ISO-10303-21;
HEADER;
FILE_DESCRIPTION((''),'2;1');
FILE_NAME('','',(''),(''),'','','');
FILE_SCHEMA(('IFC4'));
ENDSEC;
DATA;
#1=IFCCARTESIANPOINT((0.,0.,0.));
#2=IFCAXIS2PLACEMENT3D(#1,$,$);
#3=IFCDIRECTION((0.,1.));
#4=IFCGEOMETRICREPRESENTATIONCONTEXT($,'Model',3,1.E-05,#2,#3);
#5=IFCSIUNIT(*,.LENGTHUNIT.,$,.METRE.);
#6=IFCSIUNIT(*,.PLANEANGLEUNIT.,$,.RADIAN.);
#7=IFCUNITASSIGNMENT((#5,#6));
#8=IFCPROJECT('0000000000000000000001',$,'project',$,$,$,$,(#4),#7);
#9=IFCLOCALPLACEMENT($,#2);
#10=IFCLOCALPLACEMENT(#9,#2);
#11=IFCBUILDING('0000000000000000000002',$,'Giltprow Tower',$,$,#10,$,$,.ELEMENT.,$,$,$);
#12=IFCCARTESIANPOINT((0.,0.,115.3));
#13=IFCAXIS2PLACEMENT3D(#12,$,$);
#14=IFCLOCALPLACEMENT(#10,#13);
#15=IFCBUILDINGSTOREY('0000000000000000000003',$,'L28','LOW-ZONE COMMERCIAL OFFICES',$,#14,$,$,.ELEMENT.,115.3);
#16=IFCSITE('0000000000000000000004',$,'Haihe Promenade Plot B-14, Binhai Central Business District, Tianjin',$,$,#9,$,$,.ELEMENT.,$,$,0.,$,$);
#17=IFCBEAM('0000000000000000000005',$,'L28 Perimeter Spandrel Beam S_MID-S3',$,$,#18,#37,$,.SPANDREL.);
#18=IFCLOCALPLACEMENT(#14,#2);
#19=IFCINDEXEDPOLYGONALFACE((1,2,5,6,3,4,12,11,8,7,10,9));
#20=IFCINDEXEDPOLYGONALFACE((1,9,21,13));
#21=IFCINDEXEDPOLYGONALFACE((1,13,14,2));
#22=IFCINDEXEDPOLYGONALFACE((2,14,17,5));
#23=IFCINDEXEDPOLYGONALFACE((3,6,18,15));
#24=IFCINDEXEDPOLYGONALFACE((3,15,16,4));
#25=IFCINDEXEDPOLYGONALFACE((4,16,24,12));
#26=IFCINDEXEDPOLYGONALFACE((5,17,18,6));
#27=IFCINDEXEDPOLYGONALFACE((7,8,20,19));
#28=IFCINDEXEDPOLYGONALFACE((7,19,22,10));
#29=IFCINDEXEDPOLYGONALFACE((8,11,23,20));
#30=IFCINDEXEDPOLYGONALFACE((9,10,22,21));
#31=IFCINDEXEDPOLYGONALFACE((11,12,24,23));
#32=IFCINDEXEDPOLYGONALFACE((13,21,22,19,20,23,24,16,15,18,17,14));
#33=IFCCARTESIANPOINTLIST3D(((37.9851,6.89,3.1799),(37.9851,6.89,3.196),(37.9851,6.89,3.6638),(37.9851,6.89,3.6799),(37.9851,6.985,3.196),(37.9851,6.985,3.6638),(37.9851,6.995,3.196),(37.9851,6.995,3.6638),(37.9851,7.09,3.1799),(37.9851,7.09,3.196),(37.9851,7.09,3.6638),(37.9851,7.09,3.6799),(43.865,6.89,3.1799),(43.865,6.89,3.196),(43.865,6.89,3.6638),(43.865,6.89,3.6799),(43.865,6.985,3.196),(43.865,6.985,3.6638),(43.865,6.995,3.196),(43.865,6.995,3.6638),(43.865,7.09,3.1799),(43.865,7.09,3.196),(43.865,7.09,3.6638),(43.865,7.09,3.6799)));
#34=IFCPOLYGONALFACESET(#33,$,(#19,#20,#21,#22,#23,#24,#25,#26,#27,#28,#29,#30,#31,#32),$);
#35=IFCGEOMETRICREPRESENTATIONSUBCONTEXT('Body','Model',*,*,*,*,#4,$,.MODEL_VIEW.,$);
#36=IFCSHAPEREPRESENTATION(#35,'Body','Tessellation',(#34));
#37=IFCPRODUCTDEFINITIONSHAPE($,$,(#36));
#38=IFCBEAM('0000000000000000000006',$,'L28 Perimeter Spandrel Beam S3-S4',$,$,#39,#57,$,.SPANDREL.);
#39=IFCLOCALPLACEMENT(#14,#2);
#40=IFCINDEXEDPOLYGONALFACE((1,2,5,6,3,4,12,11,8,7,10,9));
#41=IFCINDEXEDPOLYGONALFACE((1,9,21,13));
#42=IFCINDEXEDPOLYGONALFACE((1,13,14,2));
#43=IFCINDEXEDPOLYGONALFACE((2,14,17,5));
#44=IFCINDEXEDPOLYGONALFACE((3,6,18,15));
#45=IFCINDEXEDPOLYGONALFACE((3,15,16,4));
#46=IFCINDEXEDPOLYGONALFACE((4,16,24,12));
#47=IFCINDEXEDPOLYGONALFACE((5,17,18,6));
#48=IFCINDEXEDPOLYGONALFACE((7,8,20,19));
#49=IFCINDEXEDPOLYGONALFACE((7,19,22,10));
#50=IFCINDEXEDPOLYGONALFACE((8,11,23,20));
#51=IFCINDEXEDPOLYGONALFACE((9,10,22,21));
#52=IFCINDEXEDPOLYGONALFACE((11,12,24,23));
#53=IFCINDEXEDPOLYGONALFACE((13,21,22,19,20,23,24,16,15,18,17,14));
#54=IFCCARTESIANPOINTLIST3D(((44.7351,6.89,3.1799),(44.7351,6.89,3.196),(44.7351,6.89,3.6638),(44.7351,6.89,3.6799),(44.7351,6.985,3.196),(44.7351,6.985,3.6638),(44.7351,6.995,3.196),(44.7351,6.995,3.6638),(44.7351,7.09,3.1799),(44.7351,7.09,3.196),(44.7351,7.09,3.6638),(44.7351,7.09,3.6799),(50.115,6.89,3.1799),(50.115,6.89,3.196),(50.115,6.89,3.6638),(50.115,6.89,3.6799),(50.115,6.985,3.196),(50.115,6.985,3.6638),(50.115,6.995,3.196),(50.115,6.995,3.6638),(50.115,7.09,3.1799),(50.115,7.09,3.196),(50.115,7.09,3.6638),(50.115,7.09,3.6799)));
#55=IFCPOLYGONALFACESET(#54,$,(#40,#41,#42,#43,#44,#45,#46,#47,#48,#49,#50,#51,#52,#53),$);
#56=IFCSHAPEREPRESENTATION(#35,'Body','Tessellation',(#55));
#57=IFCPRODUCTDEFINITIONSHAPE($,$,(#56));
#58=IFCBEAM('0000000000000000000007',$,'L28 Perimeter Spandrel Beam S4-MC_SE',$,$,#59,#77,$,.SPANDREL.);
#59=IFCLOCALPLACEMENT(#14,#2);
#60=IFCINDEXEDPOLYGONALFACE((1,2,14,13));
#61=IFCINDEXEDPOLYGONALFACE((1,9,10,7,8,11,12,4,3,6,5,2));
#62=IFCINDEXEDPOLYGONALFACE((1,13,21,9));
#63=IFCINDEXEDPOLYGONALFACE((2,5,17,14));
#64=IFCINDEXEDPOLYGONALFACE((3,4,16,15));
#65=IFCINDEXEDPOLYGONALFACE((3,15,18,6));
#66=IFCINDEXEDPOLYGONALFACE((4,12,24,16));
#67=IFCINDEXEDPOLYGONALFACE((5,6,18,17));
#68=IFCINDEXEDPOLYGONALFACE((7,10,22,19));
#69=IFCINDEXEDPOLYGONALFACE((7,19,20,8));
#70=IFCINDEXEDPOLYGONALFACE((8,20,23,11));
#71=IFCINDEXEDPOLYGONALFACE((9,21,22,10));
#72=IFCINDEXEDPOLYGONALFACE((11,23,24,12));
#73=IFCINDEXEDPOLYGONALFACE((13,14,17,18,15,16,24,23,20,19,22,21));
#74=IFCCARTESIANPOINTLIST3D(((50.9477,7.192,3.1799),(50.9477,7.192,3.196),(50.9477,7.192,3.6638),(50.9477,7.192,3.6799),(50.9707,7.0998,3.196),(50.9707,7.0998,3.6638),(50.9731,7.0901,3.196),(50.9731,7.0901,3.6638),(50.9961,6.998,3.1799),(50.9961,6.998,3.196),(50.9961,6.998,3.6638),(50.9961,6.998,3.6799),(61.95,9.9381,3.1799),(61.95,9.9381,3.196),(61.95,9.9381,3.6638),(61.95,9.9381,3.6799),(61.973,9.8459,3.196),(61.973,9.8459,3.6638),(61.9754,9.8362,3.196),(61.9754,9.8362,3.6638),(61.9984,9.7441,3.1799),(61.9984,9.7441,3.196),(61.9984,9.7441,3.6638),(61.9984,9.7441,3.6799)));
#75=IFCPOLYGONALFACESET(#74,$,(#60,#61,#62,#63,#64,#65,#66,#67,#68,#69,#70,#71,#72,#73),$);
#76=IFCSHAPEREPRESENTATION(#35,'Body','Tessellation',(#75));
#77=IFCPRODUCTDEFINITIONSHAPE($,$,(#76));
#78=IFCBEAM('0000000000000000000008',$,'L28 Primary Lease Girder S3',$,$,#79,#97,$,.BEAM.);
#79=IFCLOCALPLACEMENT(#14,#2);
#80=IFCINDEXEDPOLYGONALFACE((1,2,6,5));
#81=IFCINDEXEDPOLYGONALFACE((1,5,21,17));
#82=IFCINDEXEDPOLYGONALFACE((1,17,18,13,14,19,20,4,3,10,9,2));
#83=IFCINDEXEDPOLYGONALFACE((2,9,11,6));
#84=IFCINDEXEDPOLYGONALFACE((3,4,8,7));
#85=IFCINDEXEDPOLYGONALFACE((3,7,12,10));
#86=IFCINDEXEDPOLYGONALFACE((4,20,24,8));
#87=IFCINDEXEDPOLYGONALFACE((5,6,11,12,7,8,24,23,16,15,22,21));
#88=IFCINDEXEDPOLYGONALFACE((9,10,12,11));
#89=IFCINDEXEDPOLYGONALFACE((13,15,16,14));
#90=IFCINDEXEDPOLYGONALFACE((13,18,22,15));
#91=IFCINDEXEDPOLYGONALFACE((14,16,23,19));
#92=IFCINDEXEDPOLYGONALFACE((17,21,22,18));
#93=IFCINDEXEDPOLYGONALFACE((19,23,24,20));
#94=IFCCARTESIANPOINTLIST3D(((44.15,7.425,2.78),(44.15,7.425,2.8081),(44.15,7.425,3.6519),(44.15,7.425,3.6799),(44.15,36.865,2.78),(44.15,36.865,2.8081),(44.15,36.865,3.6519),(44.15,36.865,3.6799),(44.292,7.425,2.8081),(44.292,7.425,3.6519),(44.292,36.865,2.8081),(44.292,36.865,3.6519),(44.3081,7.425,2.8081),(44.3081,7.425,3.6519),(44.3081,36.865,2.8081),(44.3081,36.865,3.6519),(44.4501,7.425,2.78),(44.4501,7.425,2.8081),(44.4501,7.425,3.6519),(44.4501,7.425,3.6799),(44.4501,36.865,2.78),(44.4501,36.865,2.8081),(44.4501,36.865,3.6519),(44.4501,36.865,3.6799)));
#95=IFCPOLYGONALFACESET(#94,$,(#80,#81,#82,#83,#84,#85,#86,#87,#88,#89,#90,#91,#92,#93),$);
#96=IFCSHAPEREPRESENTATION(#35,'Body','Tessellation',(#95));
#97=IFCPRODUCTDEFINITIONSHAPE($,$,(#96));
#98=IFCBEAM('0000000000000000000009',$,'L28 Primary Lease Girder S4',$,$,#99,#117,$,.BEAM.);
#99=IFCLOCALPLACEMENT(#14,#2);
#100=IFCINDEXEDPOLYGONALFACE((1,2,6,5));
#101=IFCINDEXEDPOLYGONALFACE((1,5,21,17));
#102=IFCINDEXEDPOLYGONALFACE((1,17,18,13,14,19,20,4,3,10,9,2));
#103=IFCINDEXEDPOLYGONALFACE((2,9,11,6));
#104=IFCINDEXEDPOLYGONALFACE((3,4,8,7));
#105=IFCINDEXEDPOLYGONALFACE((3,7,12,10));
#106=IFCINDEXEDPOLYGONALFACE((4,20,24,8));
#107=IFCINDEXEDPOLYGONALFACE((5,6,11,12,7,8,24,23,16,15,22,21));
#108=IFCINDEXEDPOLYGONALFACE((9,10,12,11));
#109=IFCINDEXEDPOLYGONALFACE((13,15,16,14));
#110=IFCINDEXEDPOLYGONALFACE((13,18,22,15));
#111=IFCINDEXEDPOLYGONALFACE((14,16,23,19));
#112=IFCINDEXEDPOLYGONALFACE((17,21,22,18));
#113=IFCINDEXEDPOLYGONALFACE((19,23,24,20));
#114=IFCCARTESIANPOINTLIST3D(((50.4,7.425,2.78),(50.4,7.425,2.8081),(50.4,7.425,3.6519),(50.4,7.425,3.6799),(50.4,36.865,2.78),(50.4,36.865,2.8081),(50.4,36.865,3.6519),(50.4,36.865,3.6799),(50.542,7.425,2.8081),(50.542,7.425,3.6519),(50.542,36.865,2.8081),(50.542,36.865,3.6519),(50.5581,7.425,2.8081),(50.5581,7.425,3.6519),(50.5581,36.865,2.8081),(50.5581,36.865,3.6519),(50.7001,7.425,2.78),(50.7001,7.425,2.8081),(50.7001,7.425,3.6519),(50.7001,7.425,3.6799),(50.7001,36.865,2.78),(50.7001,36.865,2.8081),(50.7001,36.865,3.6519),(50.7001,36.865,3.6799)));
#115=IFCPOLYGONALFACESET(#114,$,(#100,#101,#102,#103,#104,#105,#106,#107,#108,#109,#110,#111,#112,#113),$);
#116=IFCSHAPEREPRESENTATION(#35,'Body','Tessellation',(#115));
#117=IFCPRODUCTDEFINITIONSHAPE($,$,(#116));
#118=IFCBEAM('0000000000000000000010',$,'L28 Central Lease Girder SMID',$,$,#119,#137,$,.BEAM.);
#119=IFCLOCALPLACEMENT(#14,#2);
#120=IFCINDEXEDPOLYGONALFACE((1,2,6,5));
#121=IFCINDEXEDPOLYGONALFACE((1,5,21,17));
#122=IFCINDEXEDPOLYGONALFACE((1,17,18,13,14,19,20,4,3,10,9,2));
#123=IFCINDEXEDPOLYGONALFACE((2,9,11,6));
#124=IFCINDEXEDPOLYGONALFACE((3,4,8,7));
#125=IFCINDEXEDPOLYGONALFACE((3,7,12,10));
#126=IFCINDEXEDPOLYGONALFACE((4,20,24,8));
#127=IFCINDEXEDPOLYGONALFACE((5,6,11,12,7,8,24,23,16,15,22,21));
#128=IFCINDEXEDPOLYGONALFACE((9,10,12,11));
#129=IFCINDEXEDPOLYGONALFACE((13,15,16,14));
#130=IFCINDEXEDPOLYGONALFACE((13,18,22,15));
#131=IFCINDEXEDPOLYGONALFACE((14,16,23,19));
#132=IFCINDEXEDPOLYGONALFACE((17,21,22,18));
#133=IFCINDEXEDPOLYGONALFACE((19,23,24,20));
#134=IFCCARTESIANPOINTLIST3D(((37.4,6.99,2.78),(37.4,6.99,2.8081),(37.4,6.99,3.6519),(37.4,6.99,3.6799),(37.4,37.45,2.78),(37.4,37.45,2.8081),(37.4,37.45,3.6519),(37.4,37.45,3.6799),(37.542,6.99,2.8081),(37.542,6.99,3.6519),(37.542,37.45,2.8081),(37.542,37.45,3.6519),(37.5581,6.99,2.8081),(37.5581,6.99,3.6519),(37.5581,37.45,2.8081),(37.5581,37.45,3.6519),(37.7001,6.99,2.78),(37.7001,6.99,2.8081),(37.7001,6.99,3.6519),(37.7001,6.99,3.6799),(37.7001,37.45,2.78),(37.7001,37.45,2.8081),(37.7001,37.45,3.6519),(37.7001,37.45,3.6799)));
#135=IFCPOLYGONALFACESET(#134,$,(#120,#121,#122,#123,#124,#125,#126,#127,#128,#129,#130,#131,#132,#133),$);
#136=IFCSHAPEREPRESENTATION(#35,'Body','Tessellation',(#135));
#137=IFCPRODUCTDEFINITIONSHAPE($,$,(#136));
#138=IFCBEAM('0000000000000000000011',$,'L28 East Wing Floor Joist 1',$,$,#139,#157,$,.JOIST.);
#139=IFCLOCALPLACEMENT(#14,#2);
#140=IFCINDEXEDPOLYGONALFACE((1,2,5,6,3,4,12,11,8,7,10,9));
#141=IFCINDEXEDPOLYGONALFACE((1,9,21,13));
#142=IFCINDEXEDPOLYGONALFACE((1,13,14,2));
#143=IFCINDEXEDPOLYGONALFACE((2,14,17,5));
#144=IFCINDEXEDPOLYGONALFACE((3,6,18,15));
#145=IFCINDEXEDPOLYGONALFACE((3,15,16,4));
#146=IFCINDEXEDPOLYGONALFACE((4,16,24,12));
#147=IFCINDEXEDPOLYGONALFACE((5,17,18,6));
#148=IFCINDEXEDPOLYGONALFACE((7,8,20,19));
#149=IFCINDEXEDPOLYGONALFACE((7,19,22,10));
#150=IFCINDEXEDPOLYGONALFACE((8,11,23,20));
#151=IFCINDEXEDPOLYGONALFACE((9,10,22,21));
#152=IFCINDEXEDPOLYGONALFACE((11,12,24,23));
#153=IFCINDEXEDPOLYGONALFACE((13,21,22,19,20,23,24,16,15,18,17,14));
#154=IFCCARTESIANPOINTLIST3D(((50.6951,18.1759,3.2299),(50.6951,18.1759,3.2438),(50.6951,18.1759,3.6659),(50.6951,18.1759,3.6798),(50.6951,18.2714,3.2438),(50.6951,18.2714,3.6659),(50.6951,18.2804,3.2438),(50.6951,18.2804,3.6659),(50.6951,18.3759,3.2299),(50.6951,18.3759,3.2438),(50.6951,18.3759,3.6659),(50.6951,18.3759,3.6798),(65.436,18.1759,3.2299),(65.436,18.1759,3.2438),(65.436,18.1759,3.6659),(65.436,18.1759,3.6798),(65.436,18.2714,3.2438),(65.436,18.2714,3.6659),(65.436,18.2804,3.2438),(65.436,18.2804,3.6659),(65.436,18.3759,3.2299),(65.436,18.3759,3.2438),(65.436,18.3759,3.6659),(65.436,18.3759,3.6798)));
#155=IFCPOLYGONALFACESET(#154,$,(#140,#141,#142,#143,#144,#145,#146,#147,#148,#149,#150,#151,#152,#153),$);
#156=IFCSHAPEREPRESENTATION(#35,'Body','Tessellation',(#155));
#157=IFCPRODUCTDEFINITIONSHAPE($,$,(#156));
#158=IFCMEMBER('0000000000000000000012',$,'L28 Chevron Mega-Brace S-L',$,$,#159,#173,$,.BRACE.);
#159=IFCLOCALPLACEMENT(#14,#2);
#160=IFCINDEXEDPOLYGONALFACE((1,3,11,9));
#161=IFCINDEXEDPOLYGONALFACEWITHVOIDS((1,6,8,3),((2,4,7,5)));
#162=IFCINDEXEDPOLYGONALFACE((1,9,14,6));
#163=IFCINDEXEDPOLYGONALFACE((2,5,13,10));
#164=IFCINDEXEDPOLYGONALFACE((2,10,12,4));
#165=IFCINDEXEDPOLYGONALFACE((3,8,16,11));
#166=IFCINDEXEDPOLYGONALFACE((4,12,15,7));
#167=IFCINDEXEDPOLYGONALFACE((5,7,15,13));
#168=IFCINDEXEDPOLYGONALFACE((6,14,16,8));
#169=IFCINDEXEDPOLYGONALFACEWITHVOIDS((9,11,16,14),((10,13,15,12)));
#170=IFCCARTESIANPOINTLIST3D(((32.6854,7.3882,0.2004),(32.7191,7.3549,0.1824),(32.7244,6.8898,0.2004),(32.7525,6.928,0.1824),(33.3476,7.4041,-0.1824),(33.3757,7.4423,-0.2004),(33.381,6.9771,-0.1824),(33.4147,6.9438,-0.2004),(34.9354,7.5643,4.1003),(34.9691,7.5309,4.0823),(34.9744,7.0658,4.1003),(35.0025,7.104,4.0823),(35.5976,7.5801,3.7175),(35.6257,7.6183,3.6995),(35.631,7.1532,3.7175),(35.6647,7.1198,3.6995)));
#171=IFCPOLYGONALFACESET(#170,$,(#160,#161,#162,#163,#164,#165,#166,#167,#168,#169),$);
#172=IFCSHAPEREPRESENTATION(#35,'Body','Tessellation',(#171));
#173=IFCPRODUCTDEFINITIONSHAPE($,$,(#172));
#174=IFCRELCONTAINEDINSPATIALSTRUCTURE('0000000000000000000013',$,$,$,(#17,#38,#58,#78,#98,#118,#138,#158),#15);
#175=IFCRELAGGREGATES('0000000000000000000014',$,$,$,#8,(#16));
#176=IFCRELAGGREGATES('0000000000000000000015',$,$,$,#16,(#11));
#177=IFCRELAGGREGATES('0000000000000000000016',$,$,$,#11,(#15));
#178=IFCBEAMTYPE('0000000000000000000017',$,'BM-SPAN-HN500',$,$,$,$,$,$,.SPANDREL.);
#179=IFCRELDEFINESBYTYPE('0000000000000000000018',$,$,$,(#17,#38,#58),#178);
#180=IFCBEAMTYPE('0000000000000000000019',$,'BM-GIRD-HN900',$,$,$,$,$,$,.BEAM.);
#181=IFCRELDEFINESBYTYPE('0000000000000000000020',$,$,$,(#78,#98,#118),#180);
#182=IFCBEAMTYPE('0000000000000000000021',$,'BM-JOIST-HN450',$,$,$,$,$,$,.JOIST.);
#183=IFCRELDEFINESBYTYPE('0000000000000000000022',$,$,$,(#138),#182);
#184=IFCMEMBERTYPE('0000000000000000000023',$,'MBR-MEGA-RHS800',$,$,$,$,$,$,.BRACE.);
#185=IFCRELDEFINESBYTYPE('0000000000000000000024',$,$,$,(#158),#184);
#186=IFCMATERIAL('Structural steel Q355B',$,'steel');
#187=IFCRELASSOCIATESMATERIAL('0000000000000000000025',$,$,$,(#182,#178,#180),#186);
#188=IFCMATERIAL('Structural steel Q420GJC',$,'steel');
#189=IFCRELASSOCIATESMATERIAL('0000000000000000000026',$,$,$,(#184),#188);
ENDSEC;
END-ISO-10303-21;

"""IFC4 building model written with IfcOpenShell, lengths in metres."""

from ifc_helpers import new_model, si_unit, direction, frame, origin, origin_2d, place, context, subcontext, project, spatial, hollow_rectangle, i_section, extrude, source, transform, mapped, material, material_profile, profile_set, type_object, element, save


model = new_model("IFC4")

# Units and contexts
model_context = context("Model", 3, precision=1e-05, world=origin(), true_north=direction((0.0, 1.0)))
body_context = subcontext(model_context, "Body", "Model", "MODEL_VIEW")
ifc_project = project(units=[si_unit("LENGTHUNIT", "METRE"), si_unit("PLANEANGLEUNIT", "RADIAN")], contexts=[model_context])

# Site, building, storey
site_placement = place(None, origin())
site = spatial("IfcSite", under=ifc_project, at=site_placement, Name="Haihe Promenade Plot B-14, Binhai Central Business District, Tianjin", CompositionType="ELEMENT", RefElevation=0.0)
building_placement = place(site_placement, origin())
building = spatial("IfcBuilding", under=site, at=building_placement, Name="Giltprow Tower", CompositionType="ELEMENT")
storey_placement = place(building_placement, frame((0.0, 0.0, 115.3)))
storey = spatial("IfcBuildingStorey", under=building, at=storey_placement, Name="L28", Description="LOW-ZONE COMMERCIAL OFFICES", CompositionType="ELEMENT", Elevation=115.3)

# Shared definitions
ifc_material_1 = material(Name="Structural steel Q420GJC", Category="steel")

# Beams
ifc_material_2 = material(Name="Structural steel Q355B", Category="steel")
ifc_material_profile_1 = material_profile(ifc_material_2, i_section(OverallWidth=0.2, OverallDepth=0.45, WebThickness=0.009, FlangeThickness=0.0139, at=origin_2d()), Name="HN 450x200x9x14")
ifc_profile_set_1 = profile_set([ifc_material_profile_1], Name="Structural steel Q355B")
beam_type_1 = type_object("IfcBeamType", Name="BM-JOIST-HN450", PredefinedType="JOIST", material=ifc_profile_set_1)
ifc_material_profile_2 = material_profile(ifc_material_2, i_section(OverallWidth=0.2, OverallDepth=0.5, WebThickness=0.01, FlangeThickness=0.0161, at=origin_2d()), Name="HN 500x200x10x16")
ifc_profile_set_2 = profile_set([ifc_material_profile_2], Name="Structural steel Q355B")
beam_type_2 = type_object("IfcBeamType", Name="BM-SPAN-HN500", PredefinedType="SPANDREL", material=ifc_profile_set_2)
shared_shape_1 = source(origin(), body_context, "Body", "SweptSolid", [
    extrude(i_section(OverallWidth=0.2, OverallDepth=0.5, WebThickness=0.01, FlangeThickness=0.0161, at=origin_2d()), origin(), (0.0, 0.0, 1.0), 5.8799),
])
beam_1_placement = place(storey_placement, frame((37.9851, 6.99, 3.4299), z_axis=(1.0, 0.0, 0.0), x_axis=(0.0, 1.0, 0.0)))
element("IfcBeam", 1, at=beam_1_placement, inside=storey, type_object=beam_type_2, Name="L28 Perimeter Spandrel Beam S_MID-S3", PredefinedType="SPANDREL", context=body_context, shape_type="MappedRepresentation", body=[
    mapped(shared_shape_1, transform((0.0, 0.0, 0.0), x_axis=(1.0, 0.0, 0.0), y_axis=(0.0, 1.0, 0.0), z_axis=(0.0, 0.0, 1.0), scale=1.0)),
])
shared_shape_2 = source(origin(), body_context, "Body", "SweptSolid", [
    extrude(i_section(OverallWidth=0.2, OverallDepth=0.5, WebThickness=0.01, FlangeThickness=0.0161, at=origin_2d()), origin(), (0.0, 0.0, 1.0), 5.3799),
])
beam_2_placement = place(storey_placement, frame((44.7351, 6.99, 3.4299), z_axis=(1.0, 0.0, 0.0), x_axis=(0.0, 1.0, 0.0)))
element("IfcBeam", 2, at=beam_2_placement, inside=storey, type_object=beam_type_2, Name="L28 Perimeter Spandrel Beam S3-S4", PredefinedType="SPANDREL", context=body_context, shape_type="MappedRepresentation", body=[
    mapped(shared_shape_2, transform((0.0, 0.0, 0.0), x_axis=(1.0, 0.0, 0.0), y_axis=(0.0, 1.0, 0.0), z_axis=(0.0, 0.0, 1.0), scale=1.0)),
])
shared_shape_3 = source(origin(), body_context, "Body", "SweptSolid", [
    extrude(i_section(OverallWidth=0.2, OverallDepth=0.5, WebThickness=0.01, FlangeThickness=0.0161, at=origin_2d()), origin(), (0.0, 0.0, 1.0), 11.3398),
])
beam_3_placement = place(storey_placement, frame((50.9719, 7.095, 3.4299), z_axis=(0.970235, 0.242166, 0.0), x_axis=(-0.242166, 0.970235, 0.0)))
element("IfcBeam", 3, at=beam_3_placement, inside=storey, type_object=beam_type_2, Name="L28 Perimeter Spandrel Beam S4-MC_SE", PredefinedType="SPANDREL", context=body_context, shape_type="MappedRepresentation", body=[
    mapped(shared_shape_3, transform((0.0, 0.0, 0.0), x_axis=(1.0, 0.0, 0.0), y_axis=(0.0, 1.0, 0.0), z_axis=(0.0, 0.0, 1.0), scale=1.0)),
])
ifc_material_profile_3 = material_profile(ifc_material_2, i_section(OverallWidth=0.3, OverallDepth=0.8999, WebThickness=0.0161, FlangeThickness=0.0281, at=origin_2d()), Name="HN 900x300x16x28")
ifc_profile_set_3 = profile_set([ifc_material_profile_3], Name="Structural steel Q355B")
beam_type_3 = type_object("IfcBeamType", Name="BM-GIRD-HN900", PredefinedType="BEAM", material=ifc_profile_set_3)
shared_shape_4 = source(origin(), body_context, "Body", "SweptSolid", [
    extrude(i_section(OverallWidth=0.3, OverallDepth=0.8999, WebThickness=0.0161, FlangeThickness=0.0281, at=origin_2d()), origin(), (0.0, 0.0, 1.0), 29.4399),
])
for number, where, z_axis, x_axis, name in (
    (4, (44.3, 7.425, 3.23), (0.0, 1.0, 0.0), (-1.0, 0.0, 0.0), "L28 Primary Lease Girder S3"),
    (5, (50.55, 7.425, 3.23), (0.0, 1.0, 0.0), (-1.0, 0.0, 0.0), "L28 Primary Lease Girder S4"),
):
    element("IfcBeam", number, at=place(storey_placement, frame(where, z_axis=z_axis, x_axis=x_axis)), inside=storey, type_object=beam_type_3, Name=name, PredefinedType="BEAM", context=body_context, shape_type="MappedRepresentation", body=[
        mapped(shared_shape_4, transform((0.0, 0.0, 0.0), x_axis=(1.0, 0.0, 0.0), y_axis=(0.0, 1.0, 0.0), z_axis=(0.0, 0.0, 1.0), scale=1.0)),
    ])
shared_shape_5 = source(origin(), body_context, "Body", "SweptSolid", [
    extrude(i_section(OverallWidth=0.3, OverallDepth=0.8999, WebThickness=0.0161, FlangeThickness=0.0281, at=origin_2d()), origin(), (0.0, 0.0, 1.0), 30.46),
])
beam_4_placement = place(storey_placement, frame((37.55, 6.99, 3.23), z_axis=(0.0, 1.0, 0.0), x_axis=(-1.0, 0.0, 0.0)))
element("IfcBeam", 6, at=beam_4_placement, inside=storey, type_object=beam_type_3, Name="L28 Central Lease Girder SMID", PredefinedType="BEAM", context=body_context, shape_type="MappedRepresentation", body=[
    mapped(shared_shape_5, transform((0.0, 0.0, 0.0), x_axis=(1.0, 0.0, 0.0), y_axis=(0.0, 1.0, 0.0), z_axis=(0.0, 0.0, 1.0), scale=1.0)),
])
shared_shape_6 = source(origin(), body_context, "Body", "SweptSolid", [
    extrude(i_section(OverallWidth=0.2, OverallDepth=0.45, WebThickness=0.009, FlangeThickness=0.0139, at=origin_2d()), origin(), (0.0, 0.0, 1.0), 14.741),
])
beam_5_placement = place(storey_placement, frame((50.6951, 18.2759, 3.4548), z_axis=(1.0, 0.0, 0.0), x_axis=(0.0, 1.0, 0.0)))
element("IfcBeam", 7, at=beam_5_placement, inside=storey, type_object=beam_type_1, Name="L28 East Wing Floor Joist 1", PredefinedType="JOIST", context=body_context, shape_type="MappedRepresentation", body=[
    mapped(shared_shape_6, transform((0.0, 0.0, 0.0), x_axis=(1.0, 0.0, 0.0), y_axis=(0.0, 1.0, 0.0), z_axis=(0.0, 0.0, 1.0), scale=1.0)),
])

# Member
ifc_material_profile_4 = material_profile(ifc_material_1, hollow_rectangle(XDim=0.5, YDim=0.8, WallThickness=0.0359, at=origin_2d()), Name="RHS 800x500x36")
ifc_profile_set_4 = profile_set([ifc_material_profile_4], Name="Structural steel Q420GJC")
member_type_1 = type_object("IfcMemberType", Name="MBR-MEGA-RHS800", PredefinedType="BRACE", material=ifc_profile_set_4)
shared_shape_7 = source(origin(), body_context, "Body", "SweptSolid", [
    extrude(hollow_rectangle(XDim=0.5, YDim=0.8, WallThickness=0.0359, at=origin_2d()), origin(), (0.0, 0.0, 1.0), 4.5059),
])
for number, where, z_axis, x_axis, name in (
    (8, (33.05, 7.166, 0.0), (0.49935, 0.039066, 0.865519), (-0.077995, 0.996954, 0.0), "L28 Chevron Mega-Brace S-L"),
):
    element("IfcMember", number, at=place(storey_placement, frame(where, z_axis=z_axis, x_axis=x_axis)), inside=storey, type_object=member_type_1, Name=name, PredefinedType="BRACE", context=body_context, shape_type="MappedRepresentation", body=[
        mapped(shared_shape_7, transform((0.0, 0.0, 0.0), x_axis=(1.0, 0.0, 0.0), y_axis=(0.0, 1.0, 0.0), z_axis=(0.0, 0.0, 1.0), scale=1.0)),
    ])

save(model, "model.ifc")
